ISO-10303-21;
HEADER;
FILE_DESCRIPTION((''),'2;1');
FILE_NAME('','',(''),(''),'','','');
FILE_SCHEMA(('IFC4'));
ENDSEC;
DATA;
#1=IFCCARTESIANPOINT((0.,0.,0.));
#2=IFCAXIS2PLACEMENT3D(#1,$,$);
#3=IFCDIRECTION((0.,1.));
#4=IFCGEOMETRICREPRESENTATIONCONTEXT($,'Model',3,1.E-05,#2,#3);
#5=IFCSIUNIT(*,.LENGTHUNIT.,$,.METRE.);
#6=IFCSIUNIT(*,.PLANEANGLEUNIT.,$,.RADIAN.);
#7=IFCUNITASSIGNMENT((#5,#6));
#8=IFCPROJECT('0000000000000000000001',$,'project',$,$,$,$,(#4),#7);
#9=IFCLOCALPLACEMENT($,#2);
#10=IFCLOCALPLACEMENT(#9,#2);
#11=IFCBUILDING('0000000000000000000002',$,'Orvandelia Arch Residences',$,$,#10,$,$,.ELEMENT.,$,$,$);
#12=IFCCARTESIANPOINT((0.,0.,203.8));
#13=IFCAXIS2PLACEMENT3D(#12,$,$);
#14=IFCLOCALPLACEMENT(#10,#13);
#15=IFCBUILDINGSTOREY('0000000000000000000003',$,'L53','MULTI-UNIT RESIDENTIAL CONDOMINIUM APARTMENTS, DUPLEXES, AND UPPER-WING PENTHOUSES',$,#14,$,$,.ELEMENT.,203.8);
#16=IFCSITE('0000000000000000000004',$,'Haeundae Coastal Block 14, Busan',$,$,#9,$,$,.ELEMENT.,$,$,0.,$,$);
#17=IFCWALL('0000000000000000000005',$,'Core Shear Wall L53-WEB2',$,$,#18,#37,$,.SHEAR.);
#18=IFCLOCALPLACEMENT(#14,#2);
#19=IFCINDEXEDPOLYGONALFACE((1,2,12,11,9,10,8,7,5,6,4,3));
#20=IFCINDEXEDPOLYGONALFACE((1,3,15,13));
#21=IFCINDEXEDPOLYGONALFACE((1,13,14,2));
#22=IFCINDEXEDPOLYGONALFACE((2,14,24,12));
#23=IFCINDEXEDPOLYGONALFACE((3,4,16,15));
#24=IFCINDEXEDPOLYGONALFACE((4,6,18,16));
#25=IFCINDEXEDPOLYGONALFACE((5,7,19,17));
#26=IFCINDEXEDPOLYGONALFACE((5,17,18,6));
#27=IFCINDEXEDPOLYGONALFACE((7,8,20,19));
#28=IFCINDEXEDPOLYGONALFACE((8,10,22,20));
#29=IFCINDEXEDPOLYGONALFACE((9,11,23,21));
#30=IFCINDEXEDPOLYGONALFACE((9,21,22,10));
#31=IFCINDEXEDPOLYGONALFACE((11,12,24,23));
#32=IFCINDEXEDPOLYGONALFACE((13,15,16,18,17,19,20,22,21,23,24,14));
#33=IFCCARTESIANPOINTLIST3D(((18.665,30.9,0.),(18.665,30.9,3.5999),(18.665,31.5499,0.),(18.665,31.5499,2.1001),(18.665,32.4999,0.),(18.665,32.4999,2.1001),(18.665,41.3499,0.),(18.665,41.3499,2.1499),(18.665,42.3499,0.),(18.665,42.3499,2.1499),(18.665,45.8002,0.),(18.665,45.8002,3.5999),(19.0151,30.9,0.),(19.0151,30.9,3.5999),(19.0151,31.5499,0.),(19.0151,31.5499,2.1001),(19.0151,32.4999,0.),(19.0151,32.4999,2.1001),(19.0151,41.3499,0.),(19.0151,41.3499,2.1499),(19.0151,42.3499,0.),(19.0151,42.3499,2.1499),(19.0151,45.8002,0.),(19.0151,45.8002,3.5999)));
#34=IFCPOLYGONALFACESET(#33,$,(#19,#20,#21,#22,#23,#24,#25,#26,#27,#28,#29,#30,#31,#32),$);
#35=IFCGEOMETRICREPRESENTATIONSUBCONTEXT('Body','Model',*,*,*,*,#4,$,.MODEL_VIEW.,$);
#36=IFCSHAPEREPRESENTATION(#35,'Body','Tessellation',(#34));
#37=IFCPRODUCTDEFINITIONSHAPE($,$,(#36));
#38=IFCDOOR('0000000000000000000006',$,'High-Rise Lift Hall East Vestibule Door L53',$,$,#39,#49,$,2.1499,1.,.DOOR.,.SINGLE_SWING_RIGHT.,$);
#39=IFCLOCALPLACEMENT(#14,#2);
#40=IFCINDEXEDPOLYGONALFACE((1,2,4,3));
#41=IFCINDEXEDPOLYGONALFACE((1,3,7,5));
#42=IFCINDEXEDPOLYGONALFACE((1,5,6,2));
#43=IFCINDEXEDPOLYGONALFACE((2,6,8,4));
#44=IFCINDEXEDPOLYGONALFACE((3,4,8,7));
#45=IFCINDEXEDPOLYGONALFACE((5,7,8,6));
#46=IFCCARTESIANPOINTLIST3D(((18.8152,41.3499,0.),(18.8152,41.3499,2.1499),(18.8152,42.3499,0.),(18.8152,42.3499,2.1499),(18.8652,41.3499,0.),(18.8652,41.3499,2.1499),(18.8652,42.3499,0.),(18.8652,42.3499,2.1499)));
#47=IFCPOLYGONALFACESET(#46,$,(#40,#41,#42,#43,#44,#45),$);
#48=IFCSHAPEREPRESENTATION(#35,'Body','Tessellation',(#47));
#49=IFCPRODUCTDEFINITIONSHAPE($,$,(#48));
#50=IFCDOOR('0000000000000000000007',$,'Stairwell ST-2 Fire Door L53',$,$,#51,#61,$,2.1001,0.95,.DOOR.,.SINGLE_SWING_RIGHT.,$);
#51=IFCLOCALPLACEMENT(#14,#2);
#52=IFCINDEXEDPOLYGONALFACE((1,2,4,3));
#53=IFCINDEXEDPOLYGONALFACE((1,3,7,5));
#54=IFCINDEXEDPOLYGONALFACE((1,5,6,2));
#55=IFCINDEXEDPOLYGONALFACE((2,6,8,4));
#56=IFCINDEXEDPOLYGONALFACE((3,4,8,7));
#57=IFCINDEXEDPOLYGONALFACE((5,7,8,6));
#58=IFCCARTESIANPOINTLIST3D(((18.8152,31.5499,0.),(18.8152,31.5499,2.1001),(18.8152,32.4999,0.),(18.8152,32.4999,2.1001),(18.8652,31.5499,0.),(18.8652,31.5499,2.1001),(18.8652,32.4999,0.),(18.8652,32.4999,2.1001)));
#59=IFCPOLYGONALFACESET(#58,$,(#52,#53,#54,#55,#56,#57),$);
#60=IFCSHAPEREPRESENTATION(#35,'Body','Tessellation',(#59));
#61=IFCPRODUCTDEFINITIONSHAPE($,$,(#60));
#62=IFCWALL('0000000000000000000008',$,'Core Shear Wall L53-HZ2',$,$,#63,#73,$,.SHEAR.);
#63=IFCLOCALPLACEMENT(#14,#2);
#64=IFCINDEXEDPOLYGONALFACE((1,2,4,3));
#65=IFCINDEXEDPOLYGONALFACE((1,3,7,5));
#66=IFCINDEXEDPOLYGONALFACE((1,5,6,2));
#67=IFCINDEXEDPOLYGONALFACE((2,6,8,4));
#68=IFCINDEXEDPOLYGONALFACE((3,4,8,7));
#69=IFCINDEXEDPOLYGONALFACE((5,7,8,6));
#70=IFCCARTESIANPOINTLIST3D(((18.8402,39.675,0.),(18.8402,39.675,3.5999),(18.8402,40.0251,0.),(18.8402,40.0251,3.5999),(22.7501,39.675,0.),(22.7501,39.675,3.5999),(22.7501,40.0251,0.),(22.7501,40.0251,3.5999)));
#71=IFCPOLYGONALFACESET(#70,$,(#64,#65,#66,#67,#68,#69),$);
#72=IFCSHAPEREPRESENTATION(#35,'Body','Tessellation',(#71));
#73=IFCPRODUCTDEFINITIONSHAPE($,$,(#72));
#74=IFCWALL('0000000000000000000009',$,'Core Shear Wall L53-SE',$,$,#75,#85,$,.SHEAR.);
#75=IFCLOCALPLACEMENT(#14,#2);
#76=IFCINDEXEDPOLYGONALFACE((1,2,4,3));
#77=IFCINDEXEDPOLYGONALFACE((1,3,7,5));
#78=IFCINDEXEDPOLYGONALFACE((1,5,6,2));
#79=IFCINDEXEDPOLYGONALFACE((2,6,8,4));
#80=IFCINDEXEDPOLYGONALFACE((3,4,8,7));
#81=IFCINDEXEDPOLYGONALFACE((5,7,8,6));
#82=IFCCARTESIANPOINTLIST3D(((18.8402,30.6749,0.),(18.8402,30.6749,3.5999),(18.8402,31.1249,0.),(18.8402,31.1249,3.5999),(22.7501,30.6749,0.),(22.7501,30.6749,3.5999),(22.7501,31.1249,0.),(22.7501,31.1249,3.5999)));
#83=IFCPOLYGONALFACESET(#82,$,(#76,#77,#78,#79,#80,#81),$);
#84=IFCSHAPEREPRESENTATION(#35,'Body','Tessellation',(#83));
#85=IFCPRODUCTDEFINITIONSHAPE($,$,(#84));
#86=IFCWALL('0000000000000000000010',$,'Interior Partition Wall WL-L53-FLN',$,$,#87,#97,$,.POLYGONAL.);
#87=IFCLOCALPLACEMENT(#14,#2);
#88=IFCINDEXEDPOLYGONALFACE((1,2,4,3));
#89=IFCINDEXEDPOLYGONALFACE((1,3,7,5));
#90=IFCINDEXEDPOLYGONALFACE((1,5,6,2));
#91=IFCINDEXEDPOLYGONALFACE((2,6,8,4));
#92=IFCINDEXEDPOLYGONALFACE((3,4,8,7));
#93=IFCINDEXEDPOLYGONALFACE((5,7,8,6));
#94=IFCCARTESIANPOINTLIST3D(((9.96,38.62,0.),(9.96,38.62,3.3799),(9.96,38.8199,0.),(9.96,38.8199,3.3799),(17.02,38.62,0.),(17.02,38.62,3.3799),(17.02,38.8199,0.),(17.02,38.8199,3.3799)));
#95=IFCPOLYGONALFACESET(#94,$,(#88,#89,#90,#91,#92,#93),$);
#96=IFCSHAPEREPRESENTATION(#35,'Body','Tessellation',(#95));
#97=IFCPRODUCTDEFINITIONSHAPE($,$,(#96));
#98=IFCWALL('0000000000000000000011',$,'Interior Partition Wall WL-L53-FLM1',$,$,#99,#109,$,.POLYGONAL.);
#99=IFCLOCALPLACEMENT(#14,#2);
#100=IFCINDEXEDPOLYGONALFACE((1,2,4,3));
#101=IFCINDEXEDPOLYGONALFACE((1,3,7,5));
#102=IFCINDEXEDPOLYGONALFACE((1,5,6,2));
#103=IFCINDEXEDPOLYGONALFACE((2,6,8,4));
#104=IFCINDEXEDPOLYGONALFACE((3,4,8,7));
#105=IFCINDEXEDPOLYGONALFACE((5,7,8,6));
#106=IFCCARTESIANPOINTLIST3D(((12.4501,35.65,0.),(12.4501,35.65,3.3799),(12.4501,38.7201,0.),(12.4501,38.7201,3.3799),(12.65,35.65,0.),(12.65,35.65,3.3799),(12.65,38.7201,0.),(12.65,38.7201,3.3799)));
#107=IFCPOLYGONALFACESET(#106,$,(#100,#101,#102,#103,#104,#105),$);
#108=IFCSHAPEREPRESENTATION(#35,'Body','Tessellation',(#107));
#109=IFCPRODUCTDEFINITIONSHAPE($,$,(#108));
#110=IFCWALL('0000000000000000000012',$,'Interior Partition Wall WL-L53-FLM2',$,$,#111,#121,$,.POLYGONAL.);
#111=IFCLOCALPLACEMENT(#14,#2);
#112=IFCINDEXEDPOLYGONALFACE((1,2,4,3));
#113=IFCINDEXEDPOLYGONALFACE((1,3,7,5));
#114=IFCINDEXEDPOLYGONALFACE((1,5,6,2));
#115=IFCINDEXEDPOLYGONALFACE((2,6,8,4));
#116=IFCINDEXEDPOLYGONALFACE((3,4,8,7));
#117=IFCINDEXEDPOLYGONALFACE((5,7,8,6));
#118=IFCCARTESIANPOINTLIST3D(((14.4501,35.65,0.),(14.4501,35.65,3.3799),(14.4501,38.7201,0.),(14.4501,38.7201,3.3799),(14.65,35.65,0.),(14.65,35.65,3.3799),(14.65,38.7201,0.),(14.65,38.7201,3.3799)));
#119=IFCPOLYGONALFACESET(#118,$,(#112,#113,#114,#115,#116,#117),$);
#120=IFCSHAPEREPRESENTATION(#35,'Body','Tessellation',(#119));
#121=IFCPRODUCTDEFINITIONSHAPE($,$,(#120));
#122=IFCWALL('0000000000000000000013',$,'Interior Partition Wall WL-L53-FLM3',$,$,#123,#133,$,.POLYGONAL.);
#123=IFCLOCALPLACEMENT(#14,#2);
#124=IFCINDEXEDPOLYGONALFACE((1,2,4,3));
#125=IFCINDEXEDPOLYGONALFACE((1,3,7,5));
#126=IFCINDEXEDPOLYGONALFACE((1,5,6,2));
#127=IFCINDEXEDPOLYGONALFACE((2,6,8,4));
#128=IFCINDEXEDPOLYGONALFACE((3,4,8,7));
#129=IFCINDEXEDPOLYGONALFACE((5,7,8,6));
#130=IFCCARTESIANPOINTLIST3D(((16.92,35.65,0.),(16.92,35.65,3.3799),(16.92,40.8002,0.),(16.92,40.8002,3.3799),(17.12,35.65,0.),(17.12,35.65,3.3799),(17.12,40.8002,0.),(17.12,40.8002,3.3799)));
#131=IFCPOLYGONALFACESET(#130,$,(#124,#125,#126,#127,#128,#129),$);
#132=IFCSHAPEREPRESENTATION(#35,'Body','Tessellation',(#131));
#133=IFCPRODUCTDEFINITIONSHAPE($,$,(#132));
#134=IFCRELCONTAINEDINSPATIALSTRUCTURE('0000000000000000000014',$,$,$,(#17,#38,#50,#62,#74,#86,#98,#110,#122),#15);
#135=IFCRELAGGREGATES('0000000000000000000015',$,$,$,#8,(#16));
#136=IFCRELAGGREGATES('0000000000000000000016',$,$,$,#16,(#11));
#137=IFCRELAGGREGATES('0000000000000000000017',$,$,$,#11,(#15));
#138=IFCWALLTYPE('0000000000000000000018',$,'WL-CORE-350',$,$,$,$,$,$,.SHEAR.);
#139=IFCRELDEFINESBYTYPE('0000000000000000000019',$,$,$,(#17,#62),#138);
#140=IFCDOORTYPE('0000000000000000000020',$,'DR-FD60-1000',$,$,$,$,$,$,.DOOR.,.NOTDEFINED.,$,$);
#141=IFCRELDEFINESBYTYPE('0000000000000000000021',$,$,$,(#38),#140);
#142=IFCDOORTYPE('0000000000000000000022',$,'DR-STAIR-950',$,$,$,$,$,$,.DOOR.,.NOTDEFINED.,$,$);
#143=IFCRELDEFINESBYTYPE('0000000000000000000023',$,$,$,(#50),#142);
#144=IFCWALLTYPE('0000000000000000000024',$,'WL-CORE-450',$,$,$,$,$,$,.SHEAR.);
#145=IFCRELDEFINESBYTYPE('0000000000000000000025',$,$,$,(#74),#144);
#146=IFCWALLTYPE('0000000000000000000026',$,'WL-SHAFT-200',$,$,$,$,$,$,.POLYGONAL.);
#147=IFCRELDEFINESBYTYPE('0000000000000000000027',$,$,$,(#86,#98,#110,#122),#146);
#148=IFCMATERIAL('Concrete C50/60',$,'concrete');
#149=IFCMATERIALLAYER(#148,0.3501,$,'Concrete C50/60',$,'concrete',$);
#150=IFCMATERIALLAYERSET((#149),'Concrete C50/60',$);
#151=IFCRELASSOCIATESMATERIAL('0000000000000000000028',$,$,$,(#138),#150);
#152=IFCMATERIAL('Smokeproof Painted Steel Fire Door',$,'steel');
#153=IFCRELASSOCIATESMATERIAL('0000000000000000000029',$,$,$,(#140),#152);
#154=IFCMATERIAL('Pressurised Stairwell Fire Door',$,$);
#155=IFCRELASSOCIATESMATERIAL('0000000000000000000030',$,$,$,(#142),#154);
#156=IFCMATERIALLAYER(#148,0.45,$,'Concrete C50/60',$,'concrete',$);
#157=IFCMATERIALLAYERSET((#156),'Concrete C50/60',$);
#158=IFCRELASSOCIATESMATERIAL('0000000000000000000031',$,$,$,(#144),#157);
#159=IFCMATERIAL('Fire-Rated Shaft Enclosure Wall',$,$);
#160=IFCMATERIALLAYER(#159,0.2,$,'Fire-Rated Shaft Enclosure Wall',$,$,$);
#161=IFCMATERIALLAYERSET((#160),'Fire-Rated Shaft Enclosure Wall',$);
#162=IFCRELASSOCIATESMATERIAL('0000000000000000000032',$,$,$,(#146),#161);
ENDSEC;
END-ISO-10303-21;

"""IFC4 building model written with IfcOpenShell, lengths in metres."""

from ifc_helpers import new_model, si_unit, direction, frame, frame_2d, origin, place, context, subcontext, project, spatial, rectangle, extrude, material, layer, layer_set, type_object, element, fill, save


model = new_model("IFC4")

# Units and contexts
model_context = context("Model", 3, precision=1e-05, world=origin(), true_north=direction((0.0, 1.0)))
body_context = subcontext(model_context, "Body", "Model", "MODEL_VIEW")
ifc_project = project(units=[si_unit("LENGTHUNIT", "METRE"), si_unit("PLANEANGLEUNIT", "RADIAN")], contexts=[model_context])

# Site, building, storey
site_placement = place(None, origin())
site = spatial("IfcSite", under=ifc_project, at=site_placement, Name="Haeundae Coastal Block 14, Busan", CompositionType="ELEMENT", RefElevation=0.0)
building_placement = place(site_placement, origin())
building = spatial("IfcBuilding", under=site, at=building_placement, Name="Orvandelia Arch Residences", CompositionType="ELEMENT")
storey_placement = place(building_placement, frame((0.0, 0.0, 203.8)))
storey = spatial("IfcBuildingStorey", under=building, at=storey_placement, Name="L53", Description="MULTI-UNIT RESIDENTIAL CONDOMINIUM APARTMENTS, DUPLEXES, AND UPPER-WING PENTHOUSES", CompositionType="ELEMENT", Elevation=203.8)

# Wall, openings, doors
ifc_material_1 = material(Name="Concrete C50/60", Category="concrete")
ifc_layer_1 = layer(ifc_material_1, 0.3501, Name="Concrete C50/60", Category="concrete")
ifc_layer_set_1 = layer_set([ifc_layer_1], Name="Concrete C50/60")
wall_type_1 = type_object("IfcWallType", Name="WL-CORE-350", PredefinedType="SHEAR", material=ifc_layer_set_1)
wall_1_placement = place(storey_placement, frame((18.8401, 30.8999, 0.0), z_axis=(0.0, 0.0, 1.0), x_axis=(0.0, 1.0, 0.0)))
wall_1 = element("IfcWall", 1, at=wall_1_placement, inside=storey, type_object=wall_type_1, Name="Core Shear Wall L53-WEB2", PredefinedType="SHEAR", context=body_context, shape_type="SweptSolid", body=[
    extrude(rectangle(XDim=14.9001, YDim=0.3501, at=frame_2d((7.4502, 0.0))), origin(), (0.0, 0.0, 1.0), 3.5999),
])
opening_1_placement = place(wall_1_placement, frame((0.6499, 0.0, 0.0)))
opening_1 = element("IfcOpeningElement", 2, at=opening_1_placement, cuts=wall_1, PredefinedType="OPENING", context=body_context, shape_type="SweptSolid", body=[
    extrude(rectangle(XDim=0.95, YDim=2.1001, at=frame_2d((0.4751, 1.05))), frame((0.0, 0.1851, 0.0), z_axis=(0.0, -1.0, 0.0), x_axis=(1.0, 0.0, 0.0)), (0.0, 0.0, 1.0), 0.3701),
])
opening_2_placement = place(wall_1_placement, frame((10.45, 0.0, 0.0)))
opening_2 = element("IfcOpeningElement", 3, at=opening_2_placement, cuts=wall_1, PredefinedType="OPENING", context=body_context, shape_type="SweptSolid", body=[
    extrude(rectangle(XDim=1.0, YDim=2.1499, at=frame_2d((0.5, 1.075))), frame((0.0, 0.1851, 0.0), z_axis=(0.0, -1.0, 0.0), x_axis=(1.0, 0.0, 0.0)), (0.0, 0.0, 1.0), 0.3701),
])
ifc_material_2 = material(Name="Smokeproof Painted Steel Fire Door", Category="steel")
door_type_1 = type_object("IfcDoorType", Name="DR-FD60-1000", OperationType="NOTDEFINED", PredefinedType="DOOR", material=ifc_material_2)
door_1_placement = place(opening_2_placement, origin())
door_1 = element("IfcDoor", 4, at=door_1_placement, inside=storey, type_object=door_type_1, Name="High-Rise Lift Hall East Vestibule Door L53", OperationType="SINGLE_SWING_RIGHT", OverallHeight=2.1499, OverallWidth=1.0, PredefinedType="DOOR", context=body_context, shape_type="SweptSolid", body=[
    extrude(rectangle(XDim=1.0, YDim=2.1499, at=frame_2d((0.5, 1.075))), frame((0.0, 0.0249, 0.0), z_axis=(0.0, -1.0, 0.0), x_axis=(1.0, 0.0, 0.0)), (0.0, 0.0, 1.0), 0.05),
])
fill(opening_2, door_1)
ifc_material_3 = material(Name="Pressurised Stairwell Fire Door")
door_type_2 = type_object("IfcDoorType", Name="DR-STAIR-950", OperationType="NOTDEFINED", PredefinedType="DOOR", material=ifc_material_3)
door_2_placement = place(opening_1_placement, origin())
door_2 = element("IfcDoor", 5, at=door_2_placement, inside=storey, type_object=door_type_2, Name="Stairwell ST-2 Fire Door L53", OperationType="SINGLE_SWING_RIGHT", OverallHeight=2.1001, OverallWidth=0.95, PredefinedType="DOOR", context=body_context, shape_type="SweptSolid", body=[
    extrude(rectangle(XDim=0.95, YDim=2.1001, at=frame_2d((0.4751, 1.05))), frame((0.0, 0.0249, 0.0), z_axis=(0.0, -1.0, 0.0), x_axis=(1.0, 0.0, 0.0)), (0.0, 0.0, 1.0), 0.05),
])
fill(opening_1, door_2)

# Wall
wall_2_placement = place(storey_placement, frame((18.8401, 39.8501, 0.0), z_axis=(0.0, 0.0, 1.0), x_axis=(1.0, 0.0, 0.0)))
element("IfcWall", 6, at=wall_2_placement, inside=storey, type_object=wall_type_1, Name="Core Shear Wall L53-HZ2", PredefinedType="SHEAR", context=body_context, shape_type="SweptSolid", body=[
    extrude(rectangle(XDim=3.9099, YDim=0.3501, at=frame_2d((1.9551, 0.0))), origin(), (0.0, 0.0, 1.0), 3.5999),
])

# Walls
ifc_layer_2 = layer(ifc_material_1, 0.45, Name="Concrete C50/60", Category="concrete")
ifc_layer_set_2 = layer_set([ifc_layer_2], Name="Concrete C50/60")
wall_type_2 = type_object("IfcWallType", Name="WL-CORE-450", PredefinedType="SHEAR", material=ifc_layer_set_2)
wall_3_placement = place(storey_placement, frame((18.8401, 30.8999, 0.0), z_axis=(0.0, 0.0, 1.0), x_axis=(1.0, 0.0, 0.0)))
element("IfcWall", 7, at=wall_3_placement, inside=storey, type_object=wall_type_2, Name="Core Shear Wall L53-SE", PredefinedType="SHEAR", context=body_context, shape_type="SweptSolid", body=[
    extrude(rectangle(XDim=3.9099, YDim=0.45, at=frame_2d((1.9551, 0.0))), origin(), (0.0, 0.0, 1.0), 3.5999),
])
ifc_material_4 = material(Name="Fire-Rated Shaft Enclosure Wall")
ifc_layer_3 = layer(ifc_material_4, 0.2, Name="Fire-Rated Shaft Enclosure Wall")
ifc_layer_set_3 = layer_set([ifc_layer_3], Name="Fire-Rated Shaft Enclosure Wall")
wall_type_3 = type_object("IfcWallType", Name="WL-SHAFT-200", PredefinedType="POLYGONAL", material=ifc_layer_set_3)
wall_4_placement = place(storey_placement, frame((9.96, 38.72, 0.0), z_axis=(0.0, 0.0, 1.0), x_axis=(1.0, 0.0, 0.0)))
element("IfcWall", 8, at=wall_4_placement, inside=storey, type_object=wall_type_3, Name="Interior Partition Wall WL-L53-FLN", PredefinedType="POLYGONAL", context=body_context, shape_type="SweptSolid", body=[
    extrude(rectangle(XDim=7.0601, YDim=0.2, at=frame_2d((3.53, 0.0))), origin(), (0.0, 0.0, 1.0), 3.3799),
])
for number, where, z_axis, x_axis, name in (
    (9, (12.55, 35.6499, 0.0), (0.0, 0.0, 1.0), (0.0, 1.0, 0.0), "Interior Partition Wall WL-L53-FLM1"),
    (10, (14.55, 35.6499, 0.0), (0.0, 0.0, 1.0), (0.0, 1.0, 0.0), "Interior Partition Wall WL-L53-FLM2"),
):
    element("IfcWall", number, at=place(storey_placement, frame(where, z_axis=z_axis, x_axis=x_axis)), inside=storey, type_object=wall_type_3, Name=name, PredefinedType="POLYGONAL", context=body_context, shape_type="SweptSolid", body=[
        extrude(rectangle(XDim=3.0701, YDim=0.2, at=frame_2d((1.5352, 0.0))), origin(), (0.0, 0.0, 1.0), 3.3799),
    ])
wall_5_placement = place(storey_placement, frame((17.02, 35.6499, 0.0), z_axis=(0.0, 0.0, 1.0), x_axis=(0.0, 1.0, 0.0)))
element("IfcWall", 11, at=wall_5_placement, inside=storey, type_object=wall_type_3, Name="Interior Partition Wall WL-L53-FLM3", PredefinedType="POLYGONAL", context=body_context, shape_type="SweptSolid", body=[
    extrude(rectangle(XDim=5.1501, YDim=0.2, at=frame_2d((2.5752, 0.0))), origin(), (0.0, 0.0, 1.0), 3.3799),
])

save(model, "model.ifc")
